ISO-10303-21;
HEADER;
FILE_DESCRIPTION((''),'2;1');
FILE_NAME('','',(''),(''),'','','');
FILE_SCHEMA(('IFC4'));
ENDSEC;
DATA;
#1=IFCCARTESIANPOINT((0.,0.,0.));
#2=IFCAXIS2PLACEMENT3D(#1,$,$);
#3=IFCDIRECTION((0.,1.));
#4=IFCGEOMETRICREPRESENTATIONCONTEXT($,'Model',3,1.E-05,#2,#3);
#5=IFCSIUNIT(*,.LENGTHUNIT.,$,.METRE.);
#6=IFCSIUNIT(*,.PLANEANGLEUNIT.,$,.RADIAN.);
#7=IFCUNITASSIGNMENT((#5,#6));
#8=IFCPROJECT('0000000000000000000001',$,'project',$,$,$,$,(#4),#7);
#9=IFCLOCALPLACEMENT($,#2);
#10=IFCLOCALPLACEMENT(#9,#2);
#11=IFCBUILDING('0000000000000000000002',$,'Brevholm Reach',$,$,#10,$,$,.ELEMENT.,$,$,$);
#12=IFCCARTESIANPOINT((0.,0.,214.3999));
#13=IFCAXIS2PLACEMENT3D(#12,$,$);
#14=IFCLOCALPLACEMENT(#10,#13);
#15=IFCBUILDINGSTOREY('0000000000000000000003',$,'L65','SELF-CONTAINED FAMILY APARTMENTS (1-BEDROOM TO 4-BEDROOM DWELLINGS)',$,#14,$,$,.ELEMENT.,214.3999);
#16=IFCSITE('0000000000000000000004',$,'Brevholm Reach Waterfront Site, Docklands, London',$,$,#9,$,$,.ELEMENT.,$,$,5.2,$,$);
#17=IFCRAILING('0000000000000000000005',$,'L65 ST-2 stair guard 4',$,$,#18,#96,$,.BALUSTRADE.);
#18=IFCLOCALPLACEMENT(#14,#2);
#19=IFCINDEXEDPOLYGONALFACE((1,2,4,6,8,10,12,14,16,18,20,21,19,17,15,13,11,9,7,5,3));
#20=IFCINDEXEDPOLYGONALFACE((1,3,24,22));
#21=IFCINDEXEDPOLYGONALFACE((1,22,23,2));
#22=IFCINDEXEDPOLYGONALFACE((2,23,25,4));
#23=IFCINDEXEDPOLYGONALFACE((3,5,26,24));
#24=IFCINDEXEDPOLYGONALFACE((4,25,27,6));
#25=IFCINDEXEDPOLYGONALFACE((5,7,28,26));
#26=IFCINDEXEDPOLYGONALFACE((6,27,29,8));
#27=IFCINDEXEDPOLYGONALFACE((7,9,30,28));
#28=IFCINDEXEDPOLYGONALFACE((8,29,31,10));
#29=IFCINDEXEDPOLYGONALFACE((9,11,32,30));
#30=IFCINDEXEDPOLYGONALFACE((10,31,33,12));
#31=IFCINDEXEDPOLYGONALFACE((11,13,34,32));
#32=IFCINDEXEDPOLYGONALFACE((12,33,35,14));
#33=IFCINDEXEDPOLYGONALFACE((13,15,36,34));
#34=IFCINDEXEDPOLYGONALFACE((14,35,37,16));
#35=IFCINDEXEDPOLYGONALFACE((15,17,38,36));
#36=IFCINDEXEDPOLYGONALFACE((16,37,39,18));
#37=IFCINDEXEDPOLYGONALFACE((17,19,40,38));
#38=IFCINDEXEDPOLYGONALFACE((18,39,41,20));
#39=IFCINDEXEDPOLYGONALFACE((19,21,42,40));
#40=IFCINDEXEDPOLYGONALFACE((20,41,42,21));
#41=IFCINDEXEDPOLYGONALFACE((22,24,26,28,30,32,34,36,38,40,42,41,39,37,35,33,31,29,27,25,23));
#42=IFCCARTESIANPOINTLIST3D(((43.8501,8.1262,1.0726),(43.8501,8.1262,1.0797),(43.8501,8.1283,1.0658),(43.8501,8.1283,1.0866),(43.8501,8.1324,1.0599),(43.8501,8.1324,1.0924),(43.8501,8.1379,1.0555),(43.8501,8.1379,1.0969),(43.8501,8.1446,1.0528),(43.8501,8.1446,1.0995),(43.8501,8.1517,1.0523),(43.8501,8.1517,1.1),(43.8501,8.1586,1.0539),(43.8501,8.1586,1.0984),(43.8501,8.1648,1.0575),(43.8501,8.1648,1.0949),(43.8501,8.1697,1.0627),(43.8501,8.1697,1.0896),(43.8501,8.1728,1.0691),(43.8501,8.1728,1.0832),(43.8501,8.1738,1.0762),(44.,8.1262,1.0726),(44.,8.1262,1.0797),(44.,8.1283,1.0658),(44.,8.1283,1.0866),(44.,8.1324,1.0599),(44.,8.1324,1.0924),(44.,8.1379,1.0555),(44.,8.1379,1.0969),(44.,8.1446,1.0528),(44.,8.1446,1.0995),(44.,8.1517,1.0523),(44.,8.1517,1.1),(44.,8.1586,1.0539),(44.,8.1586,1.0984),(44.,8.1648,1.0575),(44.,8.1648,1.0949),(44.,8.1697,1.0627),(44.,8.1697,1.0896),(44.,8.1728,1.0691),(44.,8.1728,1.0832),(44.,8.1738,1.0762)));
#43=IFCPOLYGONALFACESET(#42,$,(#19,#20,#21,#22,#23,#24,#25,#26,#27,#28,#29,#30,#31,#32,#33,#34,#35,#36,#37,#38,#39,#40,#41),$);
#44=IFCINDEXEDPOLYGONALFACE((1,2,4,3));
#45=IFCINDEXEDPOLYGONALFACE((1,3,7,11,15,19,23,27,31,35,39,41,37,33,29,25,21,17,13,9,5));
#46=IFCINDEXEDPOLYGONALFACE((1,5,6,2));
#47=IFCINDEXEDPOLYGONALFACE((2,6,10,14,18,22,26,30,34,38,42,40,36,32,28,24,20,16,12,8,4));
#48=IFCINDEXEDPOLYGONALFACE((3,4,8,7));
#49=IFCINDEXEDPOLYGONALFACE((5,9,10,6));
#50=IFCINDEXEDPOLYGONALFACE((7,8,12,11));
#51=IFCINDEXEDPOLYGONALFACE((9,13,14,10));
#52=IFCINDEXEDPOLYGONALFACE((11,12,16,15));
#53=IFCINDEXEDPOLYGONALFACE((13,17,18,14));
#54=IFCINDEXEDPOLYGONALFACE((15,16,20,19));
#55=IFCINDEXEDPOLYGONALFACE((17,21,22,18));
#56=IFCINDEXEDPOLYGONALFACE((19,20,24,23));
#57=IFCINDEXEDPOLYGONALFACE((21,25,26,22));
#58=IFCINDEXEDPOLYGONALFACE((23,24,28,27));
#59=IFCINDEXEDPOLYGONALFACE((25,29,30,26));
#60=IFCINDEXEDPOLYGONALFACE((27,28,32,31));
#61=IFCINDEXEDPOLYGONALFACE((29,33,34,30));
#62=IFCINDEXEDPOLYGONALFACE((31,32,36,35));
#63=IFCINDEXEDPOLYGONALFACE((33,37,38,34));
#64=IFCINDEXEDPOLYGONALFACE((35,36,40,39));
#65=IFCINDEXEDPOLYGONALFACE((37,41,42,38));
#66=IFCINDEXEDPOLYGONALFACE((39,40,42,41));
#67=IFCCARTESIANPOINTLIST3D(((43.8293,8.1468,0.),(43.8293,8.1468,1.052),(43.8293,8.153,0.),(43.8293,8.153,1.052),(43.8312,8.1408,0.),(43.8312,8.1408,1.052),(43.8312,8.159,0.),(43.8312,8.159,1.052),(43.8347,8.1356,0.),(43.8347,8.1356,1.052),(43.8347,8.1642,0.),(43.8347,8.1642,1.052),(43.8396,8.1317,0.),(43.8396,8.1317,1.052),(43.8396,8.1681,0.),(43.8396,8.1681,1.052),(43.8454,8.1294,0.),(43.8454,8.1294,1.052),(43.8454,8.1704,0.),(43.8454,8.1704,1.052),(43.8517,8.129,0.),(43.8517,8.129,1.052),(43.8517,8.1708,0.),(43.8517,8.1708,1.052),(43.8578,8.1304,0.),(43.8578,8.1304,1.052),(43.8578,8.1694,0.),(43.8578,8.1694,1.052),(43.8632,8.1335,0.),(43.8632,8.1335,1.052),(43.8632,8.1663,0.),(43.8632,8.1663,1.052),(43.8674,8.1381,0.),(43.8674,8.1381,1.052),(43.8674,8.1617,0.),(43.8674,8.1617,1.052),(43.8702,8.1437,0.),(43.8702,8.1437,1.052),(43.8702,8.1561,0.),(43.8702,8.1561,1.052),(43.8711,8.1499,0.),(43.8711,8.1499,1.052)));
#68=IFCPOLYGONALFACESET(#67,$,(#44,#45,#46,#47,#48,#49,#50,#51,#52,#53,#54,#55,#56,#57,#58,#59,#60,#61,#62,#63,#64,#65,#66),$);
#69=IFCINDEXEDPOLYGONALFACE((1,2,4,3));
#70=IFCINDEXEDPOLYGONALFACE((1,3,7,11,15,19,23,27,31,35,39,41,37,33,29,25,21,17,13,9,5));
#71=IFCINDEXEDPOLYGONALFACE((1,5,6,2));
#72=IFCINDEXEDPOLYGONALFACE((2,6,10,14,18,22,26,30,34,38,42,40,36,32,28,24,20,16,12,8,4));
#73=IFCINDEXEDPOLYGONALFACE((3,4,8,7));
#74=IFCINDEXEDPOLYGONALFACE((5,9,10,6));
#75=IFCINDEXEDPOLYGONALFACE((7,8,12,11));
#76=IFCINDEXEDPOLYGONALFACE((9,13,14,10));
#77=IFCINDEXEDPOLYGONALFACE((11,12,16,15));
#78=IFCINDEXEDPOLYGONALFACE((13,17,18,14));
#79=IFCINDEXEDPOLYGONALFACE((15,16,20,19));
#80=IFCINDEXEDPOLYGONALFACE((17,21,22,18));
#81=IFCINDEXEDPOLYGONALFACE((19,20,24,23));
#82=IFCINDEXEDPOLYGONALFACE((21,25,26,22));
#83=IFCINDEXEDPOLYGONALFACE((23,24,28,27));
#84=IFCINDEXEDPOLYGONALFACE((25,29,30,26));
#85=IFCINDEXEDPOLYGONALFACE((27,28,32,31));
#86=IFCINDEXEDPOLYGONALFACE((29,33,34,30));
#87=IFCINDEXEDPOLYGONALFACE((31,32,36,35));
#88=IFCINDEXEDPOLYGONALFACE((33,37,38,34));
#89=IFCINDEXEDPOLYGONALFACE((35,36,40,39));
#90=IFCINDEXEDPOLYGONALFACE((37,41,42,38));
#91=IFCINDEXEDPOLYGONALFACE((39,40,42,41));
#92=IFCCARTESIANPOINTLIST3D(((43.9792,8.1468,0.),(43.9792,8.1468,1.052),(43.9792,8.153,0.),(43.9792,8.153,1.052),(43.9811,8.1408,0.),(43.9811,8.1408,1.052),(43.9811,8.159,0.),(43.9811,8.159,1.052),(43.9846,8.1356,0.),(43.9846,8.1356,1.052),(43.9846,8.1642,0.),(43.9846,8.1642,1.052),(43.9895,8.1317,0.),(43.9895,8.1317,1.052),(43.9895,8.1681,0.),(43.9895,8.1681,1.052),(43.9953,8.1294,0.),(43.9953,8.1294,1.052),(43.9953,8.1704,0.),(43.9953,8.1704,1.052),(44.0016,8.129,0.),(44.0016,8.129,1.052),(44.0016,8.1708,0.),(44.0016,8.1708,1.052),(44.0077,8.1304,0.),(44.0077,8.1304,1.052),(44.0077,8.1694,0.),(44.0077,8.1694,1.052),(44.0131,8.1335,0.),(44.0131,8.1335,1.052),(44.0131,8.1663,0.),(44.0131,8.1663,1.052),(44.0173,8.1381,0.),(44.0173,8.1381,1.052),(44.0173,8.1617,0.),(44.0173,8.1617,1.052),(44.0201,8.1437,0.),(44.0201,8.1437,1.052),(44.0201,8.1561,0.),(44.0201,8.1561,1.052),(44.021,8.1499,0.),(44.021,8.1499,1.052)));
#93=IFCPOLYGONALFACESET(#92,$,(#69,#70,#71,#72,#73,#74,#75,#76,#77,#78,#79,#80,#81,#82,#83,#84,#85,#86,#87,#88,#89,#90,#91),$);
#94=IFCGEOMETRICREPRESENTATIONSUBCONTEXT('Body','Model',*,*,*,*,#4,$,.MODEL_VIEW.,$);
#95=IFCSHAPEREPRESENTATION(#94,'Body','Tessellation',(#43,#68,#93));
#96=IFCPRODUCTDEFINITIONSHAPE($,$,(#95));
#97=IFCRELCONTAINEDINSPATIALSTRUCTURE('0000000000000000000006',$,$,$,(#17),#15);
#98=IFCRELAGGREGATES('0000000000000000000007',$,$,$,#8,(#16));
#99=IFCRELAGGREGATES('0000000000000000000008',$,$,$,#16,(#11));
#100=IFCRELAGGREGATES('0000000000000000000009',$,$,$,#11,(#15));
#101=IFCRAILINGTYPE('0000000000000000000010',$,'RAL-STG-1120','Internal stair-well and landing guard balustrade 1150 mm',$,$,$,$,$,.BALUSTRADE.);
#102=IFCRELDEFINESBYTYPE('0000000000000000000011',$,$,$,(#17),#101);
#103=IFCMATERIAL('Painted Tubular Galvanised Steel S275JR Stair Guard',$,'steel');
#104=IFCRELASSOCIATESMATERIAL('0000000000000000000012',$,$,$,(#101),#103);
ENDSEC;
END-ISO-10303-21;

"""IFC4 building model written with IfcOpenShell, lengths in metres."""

from ifc_helpers import new_model, si_unit, direction, frame, origin, origin_2d, place, context, subcontext, project, spatial, circle, extrude, material, type_object, element, save


model = new_model("IFC4")

# Units and contexts
model_context = context("Model", 3, precision=1e-05, world=origin(), true_north=direction((0.0, 1.0)))
body_context = subcontext(model_context, "Body", "Model", "MODEL_VIEW")
ifc_project = project(units=[si_unit("LENGTHUNIT", "METRE"), si_unit("PLANEANGLEUNIT", "RADIAN")], contexts=[model_context])

# Site, building, storey
site_placement = place(None, origin())
site = spatial("IfcSite", under=ifc_project, at=site_placement, Name="Brevholm Reach Waterfront Site, Docklands, London", CompositionType="ELEMENT", RefElevation=5.2)
building_placement = place(site_placement, origin())
building = spatial("IfcBuilding", under=site, at=building_placement, Name="Brevholm Reach", CompositionType="ELEMENT")
storey_placement = place(building_placement, frame((0.0, 0.0, 214.3999)))
storey = spatial("IfcBuildingStorey", under=building, at=storey_placement, Name="L65", Description="SELF-CONTAINED FAMILY APARTMENTS (1-BEDROOM TO 4-BEDROOM DWELLINGS)", CompositionType="ELEMENT", Elevation=214.3999)

# Railing
ifc_material_1 = material(Name="Painted Tubular Galvanised Steel S275JR Stair Guard", Category="steel")
railing_type_1 = type_object("IfcRailingType", Name="RAL-STG-1120", Description="Internal stair-well and landing guard balustrade 1150 mm", PredefinedType="BALUSTRADE", material=ifc_material_1)
railing_1_placement = place(storey_placement, frame((43.8501, 8.1499, 0.0)))
element("IfcRailing", 1, at=railing_1_placement, inside=storey, type_object=railing_type_1, Name="L65 ST-2 stair guard 4", PredefinedType="BALUSTRADE", context=body_context, shape_type="SweptSolid", body=[
    extrude(circle(Radius=0.0239, at=origin_2d()), frame((0.0, 0.0, 1.0762), z_axis=(1.0, 0.0, 0.0), x_axis=(0.0, 1.0, 0.0)), (0.0, 0.0, 1.0), 0.1499),
    extrude(circle(Radius=0.021, at=origin_2d()), origin(), (0.0, 0.0, 1.0), 1.052),
    extrude(circle(Radius=0.021, at=origin_2d()), frame((0.1499, 0.0, 0.0)), (0.0, 0.0, 1.0), 1.052),
])

save(model, "model.ifc")
